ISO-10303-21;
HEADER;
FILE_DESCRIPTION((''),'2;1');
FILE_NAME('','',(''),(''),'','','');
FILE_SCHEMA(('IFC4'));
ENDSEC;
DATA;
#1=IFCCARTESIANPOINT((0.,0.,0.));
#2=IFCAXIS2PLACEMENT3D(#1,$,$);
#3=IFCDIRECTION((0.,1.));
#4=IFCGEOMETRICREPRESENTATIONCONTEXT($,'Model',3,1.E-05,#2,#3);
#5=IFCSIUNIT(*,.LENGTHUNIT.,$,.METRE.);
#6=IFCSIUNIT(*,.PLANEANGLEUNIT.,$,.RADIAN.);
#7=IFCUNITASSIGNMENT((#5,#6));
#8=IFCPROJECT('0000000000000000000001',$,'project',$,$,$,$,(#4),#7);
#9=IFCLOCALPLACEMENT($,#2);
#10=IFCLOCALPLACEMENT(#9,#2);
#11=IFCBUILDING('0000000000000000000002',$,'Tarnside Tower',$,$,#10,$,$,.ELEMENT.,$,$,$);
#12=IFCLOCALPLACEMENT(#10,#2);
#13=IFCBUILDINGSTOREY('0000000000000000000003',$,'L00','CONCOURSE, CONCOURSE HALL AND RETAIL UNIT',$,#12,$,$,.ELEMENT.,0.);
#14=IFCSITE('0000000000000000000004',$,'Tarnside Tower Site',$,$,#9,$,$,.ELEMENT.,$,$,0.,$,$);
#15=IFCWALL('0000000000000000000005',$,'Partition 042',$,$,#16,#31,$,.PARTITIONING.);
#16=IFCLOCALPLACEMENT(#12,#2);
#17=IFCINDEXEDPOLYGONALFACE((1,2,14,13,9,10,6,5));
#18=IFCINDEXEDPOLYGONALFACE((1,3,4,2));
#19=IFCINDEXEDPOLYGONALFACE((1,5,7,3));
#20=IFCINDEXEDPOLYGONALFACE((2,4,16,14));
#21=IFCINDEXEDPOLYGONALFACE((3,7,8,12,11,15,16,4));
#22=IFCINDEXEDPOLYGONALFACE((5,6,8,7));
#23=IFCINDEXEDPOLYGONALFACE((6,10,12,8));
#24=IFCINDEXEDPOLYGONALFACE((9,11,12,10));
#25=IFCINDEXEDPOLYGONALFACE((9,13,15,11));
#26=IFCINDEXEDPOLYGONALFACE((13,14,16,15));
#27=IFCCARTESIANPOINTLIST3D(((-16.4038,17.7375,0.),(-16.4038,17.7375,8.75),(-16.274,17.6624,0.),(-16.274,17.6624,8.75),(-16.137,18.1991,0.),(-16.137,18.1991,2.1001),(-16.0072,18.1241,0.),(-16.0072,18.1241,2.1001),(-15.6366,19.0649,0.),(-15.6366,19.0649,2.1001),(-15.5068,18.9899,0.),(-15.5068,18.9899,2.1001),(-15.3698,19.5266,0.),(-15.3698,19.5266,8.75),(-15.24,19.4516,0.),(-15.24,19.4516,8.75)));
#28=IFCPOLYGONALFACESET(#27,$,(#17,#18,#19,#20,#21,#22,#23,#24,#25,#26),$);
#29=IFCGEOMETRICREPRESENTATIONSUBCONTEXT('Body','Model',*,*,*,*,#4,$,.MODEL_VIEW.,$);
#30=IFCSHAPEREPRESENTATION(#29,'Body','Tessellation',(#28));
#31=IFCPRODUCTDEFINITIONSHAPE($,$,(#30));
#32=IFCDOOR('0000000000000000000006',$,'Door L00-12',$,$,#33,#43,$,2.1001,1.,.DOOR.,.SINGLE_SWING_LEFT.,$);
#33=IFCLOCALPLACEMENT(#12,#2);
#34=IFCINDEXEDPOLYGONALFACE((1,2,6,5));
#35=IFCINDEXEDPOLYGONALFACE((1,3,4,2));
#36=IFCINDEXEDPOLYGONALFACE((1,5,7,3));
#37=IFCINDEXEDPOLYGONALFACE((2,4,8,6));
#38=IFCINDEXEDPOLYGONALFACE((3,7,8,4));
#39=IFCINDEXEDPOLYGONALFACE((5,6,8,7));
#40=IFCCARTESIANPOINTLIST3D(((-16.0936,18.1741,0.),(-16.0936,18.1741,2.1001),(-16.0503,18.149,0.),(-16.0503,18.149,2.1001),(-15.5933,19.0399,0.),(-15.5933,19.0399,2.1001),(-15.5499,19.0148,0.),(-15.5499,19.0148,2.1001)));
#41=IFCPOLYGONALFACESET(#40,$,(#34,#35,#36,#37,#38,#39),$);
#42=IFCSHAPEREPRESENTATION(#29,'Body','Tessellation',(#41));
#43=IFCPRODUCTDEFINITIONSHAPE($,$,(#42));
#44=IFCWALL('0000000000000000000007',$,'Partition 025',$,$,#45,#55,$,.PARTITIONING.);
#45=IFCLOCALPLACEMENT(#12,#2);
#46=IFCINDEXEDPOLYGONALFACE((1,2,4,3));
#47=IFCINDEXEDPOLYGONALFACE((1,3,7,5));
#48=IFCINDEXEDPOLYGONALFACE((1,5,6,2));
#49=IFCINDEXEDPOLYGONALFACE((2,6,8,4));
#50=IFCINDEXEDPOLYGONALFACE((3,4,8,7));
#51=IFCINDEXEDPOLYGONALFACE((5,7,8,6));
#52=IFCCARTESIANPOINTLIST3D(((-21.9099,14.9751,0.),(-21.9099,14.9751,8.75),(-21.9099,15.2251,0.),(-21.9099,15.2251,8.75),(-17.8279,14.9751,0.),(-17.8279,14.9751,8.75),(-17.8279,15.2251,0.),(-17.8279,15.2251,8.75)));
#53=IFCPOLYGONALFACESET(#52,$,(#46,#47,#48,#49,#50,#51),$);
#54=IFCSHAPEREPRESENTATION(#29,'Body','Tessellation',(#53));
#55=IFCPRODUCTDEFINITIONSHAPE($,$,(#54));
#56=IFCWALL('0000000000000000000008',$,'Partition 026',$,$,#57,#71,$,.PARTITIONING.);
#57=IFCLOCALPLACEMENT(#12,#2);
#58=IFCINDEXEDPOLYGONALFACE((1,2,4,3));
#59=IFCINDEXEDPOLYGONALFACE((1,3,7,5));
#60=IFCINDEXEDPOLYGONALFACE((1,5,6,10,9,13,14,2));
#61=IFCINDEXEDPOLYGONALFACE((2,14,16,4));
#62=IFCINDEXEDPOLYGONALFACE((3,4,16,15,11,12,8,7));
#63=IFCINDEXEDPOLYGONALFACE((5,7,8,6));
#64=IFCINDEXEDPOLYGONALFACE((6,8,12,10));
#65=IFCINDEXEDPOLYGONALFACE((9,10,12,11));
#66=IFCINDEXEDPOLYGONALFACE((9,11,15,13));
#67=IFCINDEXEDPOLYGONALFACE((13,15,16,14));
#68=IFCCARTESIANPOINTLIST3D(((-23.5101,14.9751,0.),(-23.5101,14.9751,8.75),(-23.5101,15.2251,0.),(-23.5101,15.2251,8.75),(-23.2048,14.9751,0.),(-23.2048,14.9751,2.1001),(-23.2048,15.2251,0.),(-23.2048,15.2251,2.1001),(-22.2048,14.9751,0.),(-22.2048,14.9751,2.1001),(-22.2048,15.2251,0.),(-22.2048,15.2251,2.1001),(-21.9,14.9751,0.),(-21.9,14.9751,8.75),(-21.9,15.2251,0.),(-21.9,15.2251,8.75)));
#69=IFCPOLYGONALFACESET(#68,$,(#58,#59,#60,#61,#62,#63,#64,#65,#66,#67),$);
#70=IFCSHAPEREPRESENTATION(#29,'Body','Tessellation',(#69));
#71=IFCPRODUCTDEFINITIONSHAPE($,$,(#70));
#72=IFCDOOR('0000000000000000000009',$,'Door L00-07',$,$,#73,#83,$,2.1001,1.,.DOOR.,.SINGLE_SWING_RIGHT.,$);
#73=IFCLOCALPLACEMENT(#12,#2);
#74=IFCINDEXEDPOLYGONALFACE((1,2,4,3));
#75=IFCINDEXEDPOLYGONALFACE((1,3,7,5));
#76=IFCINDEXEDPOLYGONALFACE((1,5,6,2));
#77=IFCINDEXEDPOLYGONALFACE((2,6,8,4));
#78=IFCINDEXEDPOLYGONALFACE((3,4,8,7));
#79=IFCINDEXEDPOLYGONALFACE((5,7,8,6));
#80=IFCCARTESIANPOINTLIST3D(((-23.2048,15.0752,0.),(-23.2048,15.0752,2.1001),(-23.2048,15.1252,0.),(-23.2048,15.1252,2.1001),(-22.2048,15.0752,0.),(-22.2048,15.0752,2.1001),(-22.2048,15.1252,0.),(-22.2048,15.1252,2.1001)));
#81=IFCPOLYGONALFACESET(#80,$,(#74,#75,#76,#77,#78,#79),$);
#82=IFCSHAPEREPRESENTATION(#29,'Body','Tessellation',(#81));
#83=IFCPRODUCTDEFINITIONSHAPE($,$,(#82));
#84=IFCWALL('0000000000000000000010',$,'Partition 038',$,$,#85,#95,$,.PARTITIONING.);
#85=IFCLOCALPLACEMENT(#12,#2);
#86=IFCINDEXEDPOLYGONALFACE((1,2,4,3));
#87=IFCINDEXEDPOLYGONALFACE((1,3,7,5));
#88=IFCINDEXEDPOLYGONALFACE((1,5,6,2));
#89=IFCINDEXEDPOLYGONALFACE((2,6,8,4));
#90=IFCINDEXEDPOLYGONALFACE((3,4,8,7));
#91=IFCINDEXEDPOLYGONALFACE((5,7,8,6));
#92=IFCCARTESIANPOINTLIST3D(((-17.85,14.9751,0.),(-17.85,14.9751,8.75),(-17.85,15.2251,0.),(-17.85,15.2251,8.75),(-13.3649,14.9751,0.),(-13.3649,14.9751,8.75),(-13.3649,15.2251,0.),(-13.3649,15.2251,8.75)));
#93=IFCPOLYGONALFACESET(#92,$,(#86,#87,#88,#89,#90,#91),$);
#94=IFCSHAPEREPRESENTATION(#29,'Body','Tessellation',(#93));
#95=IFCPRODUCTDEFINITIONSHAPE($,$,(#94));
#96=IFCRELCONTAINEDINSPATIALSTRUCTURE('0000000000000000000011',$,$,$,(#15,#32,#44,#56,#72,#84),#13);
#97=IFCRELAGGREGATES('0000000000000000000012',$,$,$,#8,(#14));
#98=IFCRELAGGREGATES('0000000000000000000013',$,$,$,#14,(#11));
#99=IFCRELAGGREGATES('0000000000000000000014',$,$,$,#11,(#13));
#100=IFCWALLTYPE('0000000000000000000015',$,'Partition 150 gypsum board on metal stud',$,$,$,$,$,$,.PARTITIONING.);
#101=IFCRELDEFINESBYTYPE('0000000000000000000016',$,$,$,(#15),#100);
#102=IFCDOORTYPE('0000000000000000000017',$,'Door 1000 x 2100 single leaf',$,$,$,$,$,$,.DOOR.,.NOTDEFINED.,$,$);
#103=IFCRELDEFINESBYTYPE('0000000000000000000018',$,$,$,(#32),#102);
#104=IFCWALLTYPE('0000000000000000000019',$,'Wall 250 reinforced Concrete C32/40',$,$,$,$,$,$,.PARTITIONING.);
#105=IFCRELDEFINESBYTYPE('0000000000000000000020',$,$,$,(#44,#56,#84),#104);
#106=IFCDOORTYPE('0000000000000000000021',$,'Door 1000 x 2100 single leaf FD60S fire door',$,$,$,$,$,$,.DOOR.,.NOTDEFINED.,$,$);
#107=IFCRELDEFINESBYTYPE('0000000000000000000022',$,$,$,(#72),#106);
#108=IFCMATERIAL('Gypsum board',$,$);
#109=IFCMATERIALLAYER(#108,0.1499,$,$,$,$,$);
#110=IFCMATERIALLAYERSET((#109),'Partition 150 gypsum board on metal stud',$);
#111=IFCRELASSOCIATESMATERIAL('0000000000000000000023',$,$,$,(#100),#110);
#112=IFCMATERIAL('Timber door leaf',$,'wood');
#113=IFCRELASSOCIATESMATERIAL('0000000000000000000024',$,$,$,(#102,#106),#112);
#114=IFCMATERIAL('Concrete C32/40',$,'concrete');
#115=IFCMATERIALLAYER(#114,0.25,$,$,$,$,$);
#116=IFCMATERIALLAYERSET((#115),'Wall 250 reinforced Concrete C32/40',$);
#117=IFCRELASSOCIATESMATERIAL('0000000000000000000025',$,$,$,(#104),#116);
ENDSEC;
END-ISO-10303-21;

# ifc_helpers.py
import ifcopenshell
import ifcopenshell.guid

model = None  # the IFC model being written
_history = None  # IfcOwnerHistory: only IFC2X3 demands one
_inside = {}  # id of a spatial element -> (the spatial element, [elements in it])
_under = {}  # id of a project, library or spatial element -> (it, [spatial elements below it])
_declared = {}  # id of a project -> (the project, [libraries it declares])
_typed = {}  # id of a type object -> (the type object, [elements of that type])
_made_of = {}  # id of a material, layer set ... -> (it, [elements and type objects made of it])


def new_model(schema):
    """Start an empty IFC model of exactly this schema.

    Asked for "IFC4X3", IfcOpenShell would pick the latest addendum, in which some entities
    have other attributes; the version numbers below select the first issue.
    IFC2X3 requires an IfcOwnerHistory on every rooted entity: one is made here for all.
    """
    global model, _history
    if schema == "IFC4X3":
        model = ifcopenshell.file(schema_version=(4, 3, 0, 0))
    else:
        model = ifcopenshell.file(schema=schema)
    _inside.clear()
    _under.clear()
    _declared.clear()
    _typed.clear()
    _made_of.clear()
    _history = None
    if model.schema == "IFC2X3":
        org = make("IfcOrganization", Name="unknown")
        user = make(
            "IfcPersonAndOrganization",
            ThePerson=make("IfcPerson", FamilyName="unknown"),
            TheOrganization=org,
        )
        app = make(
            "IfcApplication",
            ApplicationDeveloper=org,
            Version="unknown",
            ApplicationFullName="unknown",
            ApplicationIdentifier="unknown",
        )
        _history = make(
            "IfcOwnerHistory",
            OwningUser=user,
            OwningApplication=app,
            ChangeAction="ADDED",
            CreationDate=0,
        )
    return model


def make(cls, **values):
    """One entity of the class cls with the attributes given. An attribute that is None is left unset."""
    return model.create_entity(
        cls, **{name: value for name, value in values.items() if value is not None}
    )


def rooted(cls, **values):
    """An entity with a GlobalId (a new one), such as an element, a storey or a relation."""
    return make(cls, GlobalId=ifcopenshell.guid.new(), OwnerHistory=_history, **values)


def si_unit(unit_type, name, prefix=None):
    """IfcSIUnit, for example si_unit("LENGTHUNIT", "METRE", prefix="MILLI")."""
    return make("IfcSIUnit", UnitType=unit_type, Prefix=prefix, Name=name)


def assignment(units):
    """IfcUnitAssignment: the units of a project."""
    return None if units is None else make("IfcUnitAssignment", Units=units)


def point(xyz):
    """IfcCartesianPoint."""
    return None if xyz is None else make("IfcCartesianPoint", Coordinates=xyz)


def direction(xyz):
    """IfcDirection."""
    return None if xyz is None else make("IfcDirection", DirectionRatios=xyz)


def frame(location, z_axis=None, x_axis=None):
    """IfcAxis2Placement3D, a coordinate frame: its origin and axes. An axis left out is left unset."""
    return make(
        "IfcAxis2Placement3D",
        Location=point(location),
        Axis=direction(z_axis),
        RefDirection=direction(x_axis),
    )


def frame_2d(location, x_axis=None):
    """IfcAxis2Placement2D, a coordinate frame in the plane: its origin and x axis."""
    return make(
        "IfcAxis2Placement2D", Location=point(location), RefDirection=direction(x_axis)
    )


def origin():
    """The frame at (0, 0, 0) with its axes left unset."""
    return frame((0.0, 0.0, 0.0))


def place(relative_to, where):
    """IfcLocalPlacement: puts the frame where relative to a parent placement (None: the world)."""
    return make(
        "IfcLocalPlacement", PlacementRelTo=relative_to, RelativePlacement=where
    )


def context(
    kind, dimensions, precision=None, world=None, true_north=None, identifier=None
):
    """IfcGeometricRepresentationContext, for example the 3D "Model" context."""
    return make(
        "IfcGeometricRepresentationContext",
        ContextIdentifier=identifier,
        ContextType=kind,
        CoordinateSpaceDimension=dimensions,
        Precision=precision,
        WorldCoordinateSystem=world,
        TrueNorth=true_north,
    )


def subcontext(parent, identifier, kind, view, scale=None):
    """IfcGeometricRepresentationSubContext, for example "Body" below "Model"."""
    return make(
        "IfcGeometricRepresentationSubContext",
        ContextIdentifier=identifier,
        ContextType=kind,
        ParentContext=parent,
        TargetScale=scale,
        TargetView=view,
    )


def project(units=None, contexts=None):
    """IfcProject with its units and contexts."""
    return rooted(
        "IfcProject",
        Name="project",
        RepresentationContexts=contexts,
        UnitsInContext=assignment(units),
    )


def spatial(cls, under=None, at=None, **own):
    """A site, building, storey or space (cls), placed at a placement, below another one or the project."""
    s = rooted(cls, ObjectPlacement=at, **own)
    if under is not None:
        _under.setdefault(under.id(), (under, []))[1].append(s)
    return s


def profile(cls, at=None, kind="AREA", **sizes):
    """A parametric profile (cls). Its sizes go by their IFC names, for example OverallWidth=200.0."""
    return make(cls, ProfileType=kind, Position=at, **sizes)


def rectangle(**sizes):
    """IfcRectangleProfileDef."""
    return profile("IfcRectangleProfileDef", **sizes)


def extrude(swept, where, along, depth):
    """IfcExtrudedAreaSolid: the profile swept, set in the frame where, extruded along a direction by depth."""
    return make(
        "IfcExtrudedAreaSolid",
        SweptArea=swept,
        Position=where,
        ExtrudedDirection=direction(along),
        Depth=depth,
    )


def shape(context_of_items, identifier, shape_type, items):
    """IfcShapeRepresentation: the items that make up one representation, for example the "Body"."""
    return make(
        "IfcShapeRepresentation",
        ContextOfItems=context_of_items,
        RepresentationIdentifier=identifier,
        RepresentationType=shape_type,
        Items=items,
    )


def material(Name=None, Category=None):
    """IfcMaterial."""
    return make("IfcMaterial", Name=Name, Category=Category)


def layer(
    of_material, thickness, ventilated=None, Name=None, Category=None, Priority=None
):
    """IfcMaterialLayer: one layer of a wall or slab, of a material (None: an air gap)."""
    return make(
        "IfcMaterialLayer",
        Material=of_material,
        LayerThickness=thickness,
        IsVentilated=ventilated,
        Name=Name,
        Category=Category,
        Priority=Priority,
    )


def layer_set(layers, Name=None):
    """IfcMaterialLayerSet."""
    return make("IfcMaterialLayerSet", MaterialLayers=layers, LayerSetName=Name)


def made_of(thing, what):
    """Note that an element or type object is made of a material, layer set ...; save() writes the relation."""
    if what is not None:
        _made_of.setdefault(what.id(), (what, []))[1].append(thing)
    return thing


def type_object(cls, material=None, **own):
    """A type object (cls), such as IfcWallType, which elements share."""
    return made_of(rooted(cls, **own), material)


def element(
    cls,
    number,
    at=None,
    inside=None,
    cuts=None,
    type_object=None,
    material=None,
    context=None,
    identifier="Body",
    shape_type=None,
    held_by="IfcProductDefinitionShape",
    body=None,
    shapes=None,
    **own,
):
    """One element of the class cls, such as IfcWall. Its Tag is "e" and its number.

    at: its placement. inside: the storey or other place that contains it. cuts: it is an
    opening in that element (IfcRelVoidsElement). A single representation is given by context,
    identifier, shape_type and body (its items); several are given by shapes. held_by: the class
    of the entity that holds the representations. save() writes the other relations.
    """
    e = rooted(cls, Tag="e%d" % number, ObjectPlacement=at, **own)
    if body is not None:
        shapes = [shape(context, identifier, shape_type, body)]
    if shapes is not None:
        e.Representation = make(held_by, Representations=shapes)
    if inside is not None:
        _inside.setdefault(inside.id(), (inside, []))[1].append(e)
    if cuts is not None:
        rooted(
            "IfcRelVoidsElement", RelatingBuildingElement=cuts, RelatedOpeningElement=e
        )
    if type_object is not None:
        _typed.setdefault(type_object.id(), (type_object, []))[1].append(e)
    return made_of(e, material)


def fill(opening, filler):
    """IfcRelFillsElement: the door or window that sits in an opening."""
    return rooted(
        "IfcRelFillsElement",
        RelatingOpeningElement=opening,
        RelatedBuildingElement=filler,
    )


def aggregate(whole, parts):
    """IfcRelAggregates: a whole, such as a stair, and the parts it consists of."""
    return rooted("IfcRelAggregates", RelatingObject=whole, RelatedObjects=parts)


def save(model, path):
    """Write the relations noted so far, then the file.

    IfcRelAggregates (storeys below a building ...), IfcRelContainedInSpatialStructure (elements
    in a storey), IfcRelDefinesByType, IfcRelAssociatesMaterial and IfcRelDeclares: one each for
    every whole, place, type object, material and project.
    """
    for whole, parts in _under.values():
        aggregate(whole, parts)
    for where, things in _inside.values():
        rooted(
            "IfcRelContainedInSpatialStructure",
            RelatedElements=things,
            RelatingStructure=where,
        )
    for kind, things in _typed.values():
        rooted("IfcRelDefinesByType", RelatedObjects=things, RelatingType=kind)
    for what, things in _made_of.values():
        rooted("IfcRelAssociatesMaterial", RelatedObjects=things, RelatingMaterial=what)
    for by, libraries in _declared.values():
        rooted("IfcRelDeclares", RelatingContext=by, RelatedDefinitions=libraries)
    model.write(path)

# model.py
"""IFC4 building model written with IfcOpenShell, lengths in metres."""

from ifc_helpers import new_model, si_unit, direction, frame, frame_2d, origin, place, context, subcontext, project, spatial, rectangle, extrude, material, layer, layer_set, type_object, element, fill, save


model = new_model("IFC4")

# Units and contexts
model_context = context("Model", 3, precision=1e-05, world=origin(), true_north=direction((0.0, 1.0)))
body_context = subcontext(model_context, "Body", "Model", "MODEL_VIEW")
ifc_project = project(units=[si_unit("LENGTHUNIT", "METRE"), si_unit("PLANEANGLEUNIT", "RADIAN")], contexts=[model_context])

# Site, building, storey
site_placement = place(None, origin())
site = spatial("IfcSite", under=ifc_project, at=site_placement, Name="Tarnside Tower Site", CompositionType="ELEMENT", RefElevation=0.0)
building_placement = place(site_placement, origin())
building = spatial("IfcBuilding", under=site, at=building_placement, Name="Tarnside Tower", CompositionType="ELEMENT")
storey_placement = place(building_placement, origin())
storey = spatial("IfcBuildingStorey", under=building, at=storey_placement, Name="L00", Description="CONCOURSE, CONCOURSE HALL AND RETAIL UNIT", CompositionType="ELEMENT", Elevation=0.0)

# Shared definitions
ifc_material_1 = material(Name="Gypsum board")
ifc_layer_1 = layer(ifc_material_1, 0.1499)
ifc_layer_set_1 = layer_set([ifc_layer_1], Name="Partition 150 gypsum board on metal stud")
wall_type_1 = type_object("IfcWallType", Name="Partition 150 gypsum board on metal stud", PredefinedType="PARTITIONING", material=ifc_layer_set_1)

# Wall, opening, door
ifc_material_2 = material(Name="Timber door leaf", Category="wood")
wall_1_placement = place(storey_placement, frame((-16.3389, 17.7, 0.0), z_axis=(0.0, 0.0, 1.0), x_axis=(0.50037, 0.865812, 0.0)))
wall_1 = element("IfcWall", 1, at=wall_1_placement, inside=storey, type_object=wall_type_1, Name="Partition 042", PredefinedType="PARTITIONING", context=body_context, shape_type="SweptSolid", body=[
    extrude(rectangle(XDim=2.0664, YDim=0.1499, at=frame_2d((1.0332, 0.0))), origin(), (0.0, 0.0, 1.0), 8.75),
])
opening_1_placement = place(wall_1_placement, frame((0.5332, 0.0, 0.0)))
opening_1 = element("IfcOpeningElement", 2, at=opening_1_placement, cuts=wall_1, PredefinedType="OPENING", context=body_context, shape_type="SweptSolid", body=[
    extrude(rectangle(XDim=1.0, YDim=2.1001, at=frame_2d((0.5, 1.05))), frame((0.0, 0.085, 0.0), z_axis=(0.0, -1.0, 0.0), x_axis=(1.0, 0.0, 0.0)), (0.0, 0.0, 1.0), 0.1699),
])
door_type_1 = type_object("IfcDoorType", Name="Door 1000 x 2100 single leaf", OperationType="NOTDEFINED", PredefinedType="DOOR", material=ifc_material_2)
door_1_placement = place(opening_1_placement, origin())
door_1 = element("IfcDoor", 3, at=door_1_placement, inside=storey, type_object=door_type_1, Name="Door L00-12", OperationType="SINGLE_SWING_LEFT", OverallHeight=2.1001, OverallWidth=1.0, PredefinedType="DOOR", context=body_context, shape_type="SweptSolid", body=[
    extrude(rectangle(XDim=1.0, YDim=2.1001, at=frame_2d((0.5, 1.05))), frame((0.0, 0.0249, 0.0), z_axis=(0.0, -1.0, 0.0), x_axis=(1.0, 0.0, 0.0)), (0.0, 0.0, 1.0), 0.05),
])
fill(opening_1, door_1)

# Wall
ifc_material_3 = material(Name="Concrete C32/40", Category="concrete")
ifc_layer_2 = layer(ifc_material_3, 0.25)
ifc_layer_set_2 = layer_set([ifc_layer_2], Name="Wall 250 reinforced Concrete C32/40")
wall_type_2 = type_object("IfcWallType", Name="Wall 250 reinforced Concrete C32/40", PredefinedType="PARTITIONING", material=ifc_layer_set_2)
wall_2_placement = place(storey_placement, frame((-21.9099, 15.1001, 0.0), z_axis=(0.0, 0.0, 1.0), x_axis=(1.0, 0.0, 0.0)))
element("IfcWall", 4, at=wall_2_placement, inside=storey, type_object=wall_type_2, Name="Partition 025", PredefinedType="PARTITIONING", context=body_context, shape_type="SweptSolid", body=[
    extrude(rectangle(XDim=4.082, YDim=0.25, at=frame_2d((2.041, 0.0))), origin(), (0.0, 0.0, 1.0), 8.75),
])

# Wall, opening, door
wall_3_placement = place(storey_placement, frame((-21.8999, 15.1001, 0.0), z_axis=(0.0, 0.0, 1.0), x_axis=(-1.0, 0.0, 0.0)))
wall_3 = element("IfcWall", 5, at=wall_3_placement, inside=storey, type_object=wall_type_2, Name="Partition 026", PredefinedType="PARTITIONING", context=body_context, shape_type="SweptSolid", body=[
    extrude(rectangle(XDim=1.6101, YDim=0.25, at=frame_2d((0.8052, 0.0))), origin(), (0.0, 0.0, 1.0), 8.75),
])
opening_2_placement = place(wall_3_placement, frame((0.3049, 0.0, 0.0)))
opening_2 = element("IfcOpeningElement", 6, at=opening_2_placement, cuts=wall_3, PredefinedType="OPENING", context=body_context, shape_type="SweptSolid", body=[
    extrude(rectangle(XDim=1.0, YDim=2.1001, at=frame_2d((0.5, 1.05))), frame((0.0, 0.135, 0.0), z_axis=(0.0, -1.0, 0.0), x_axis=(1.0, 0.0, 0.0)), (0.0, 0.0, 1.0), 0.27),
])
door_type_2 = type_object("IfcDoorType", Name="Door 1000 x 2100 single leaf FD60S fire door", OperationType="NOTDEFINED", PredefinedType="DOOR", material=ifc_material_2)
door_2_placement = place(opening_2_placement, origin())
door_2 = element("IfcDoor", 7, at=door_2_placement, inside=storey, type_object=door_type_2, Name="Door L00-07", OperationType="SINGLE_SWING_RIGHT", OverallHeight=2.1001, OverallWidth=1.0, PredefinedType="DOOR", context=body_context, shape_type="SweptSolid", body=[
    extrude(rectangle(XDim=1.0, YDim=2.1001, at=frame_2d((0.5, 1.05))), frame((0.0, 0.0249, 0.0), z_axis=(0.0, -1.0, 0.0), x_axis=(1.0, 0.0, 0.0)), (0.0, 0.0, 1.0), 0.05),
])
fill(opening_2, door_2)

# Wall
wall_4_placement = place(storey_placement, frame((-17.8501, 15.1001, 0.0), z_axis=(0.0, 0.0, 1.0), x_axis=(1.0, 0.0, 0.0)))
element("IfcWall", 8, at=wall_4_placement, inside=storey, type_object=wall_type_2, Name="Partition 038", PredefinedType="PARTITIONING", context=body_context, shape_type="SweptSolid", body=[
    extrude(rectangle(XDim=4.4851, YDim=0.25, at=frame_2d((2.2427, 0.0))), origin(), (0.0, 0.0, 1.0), 8.75),
])

save(model, "model.ifc")
